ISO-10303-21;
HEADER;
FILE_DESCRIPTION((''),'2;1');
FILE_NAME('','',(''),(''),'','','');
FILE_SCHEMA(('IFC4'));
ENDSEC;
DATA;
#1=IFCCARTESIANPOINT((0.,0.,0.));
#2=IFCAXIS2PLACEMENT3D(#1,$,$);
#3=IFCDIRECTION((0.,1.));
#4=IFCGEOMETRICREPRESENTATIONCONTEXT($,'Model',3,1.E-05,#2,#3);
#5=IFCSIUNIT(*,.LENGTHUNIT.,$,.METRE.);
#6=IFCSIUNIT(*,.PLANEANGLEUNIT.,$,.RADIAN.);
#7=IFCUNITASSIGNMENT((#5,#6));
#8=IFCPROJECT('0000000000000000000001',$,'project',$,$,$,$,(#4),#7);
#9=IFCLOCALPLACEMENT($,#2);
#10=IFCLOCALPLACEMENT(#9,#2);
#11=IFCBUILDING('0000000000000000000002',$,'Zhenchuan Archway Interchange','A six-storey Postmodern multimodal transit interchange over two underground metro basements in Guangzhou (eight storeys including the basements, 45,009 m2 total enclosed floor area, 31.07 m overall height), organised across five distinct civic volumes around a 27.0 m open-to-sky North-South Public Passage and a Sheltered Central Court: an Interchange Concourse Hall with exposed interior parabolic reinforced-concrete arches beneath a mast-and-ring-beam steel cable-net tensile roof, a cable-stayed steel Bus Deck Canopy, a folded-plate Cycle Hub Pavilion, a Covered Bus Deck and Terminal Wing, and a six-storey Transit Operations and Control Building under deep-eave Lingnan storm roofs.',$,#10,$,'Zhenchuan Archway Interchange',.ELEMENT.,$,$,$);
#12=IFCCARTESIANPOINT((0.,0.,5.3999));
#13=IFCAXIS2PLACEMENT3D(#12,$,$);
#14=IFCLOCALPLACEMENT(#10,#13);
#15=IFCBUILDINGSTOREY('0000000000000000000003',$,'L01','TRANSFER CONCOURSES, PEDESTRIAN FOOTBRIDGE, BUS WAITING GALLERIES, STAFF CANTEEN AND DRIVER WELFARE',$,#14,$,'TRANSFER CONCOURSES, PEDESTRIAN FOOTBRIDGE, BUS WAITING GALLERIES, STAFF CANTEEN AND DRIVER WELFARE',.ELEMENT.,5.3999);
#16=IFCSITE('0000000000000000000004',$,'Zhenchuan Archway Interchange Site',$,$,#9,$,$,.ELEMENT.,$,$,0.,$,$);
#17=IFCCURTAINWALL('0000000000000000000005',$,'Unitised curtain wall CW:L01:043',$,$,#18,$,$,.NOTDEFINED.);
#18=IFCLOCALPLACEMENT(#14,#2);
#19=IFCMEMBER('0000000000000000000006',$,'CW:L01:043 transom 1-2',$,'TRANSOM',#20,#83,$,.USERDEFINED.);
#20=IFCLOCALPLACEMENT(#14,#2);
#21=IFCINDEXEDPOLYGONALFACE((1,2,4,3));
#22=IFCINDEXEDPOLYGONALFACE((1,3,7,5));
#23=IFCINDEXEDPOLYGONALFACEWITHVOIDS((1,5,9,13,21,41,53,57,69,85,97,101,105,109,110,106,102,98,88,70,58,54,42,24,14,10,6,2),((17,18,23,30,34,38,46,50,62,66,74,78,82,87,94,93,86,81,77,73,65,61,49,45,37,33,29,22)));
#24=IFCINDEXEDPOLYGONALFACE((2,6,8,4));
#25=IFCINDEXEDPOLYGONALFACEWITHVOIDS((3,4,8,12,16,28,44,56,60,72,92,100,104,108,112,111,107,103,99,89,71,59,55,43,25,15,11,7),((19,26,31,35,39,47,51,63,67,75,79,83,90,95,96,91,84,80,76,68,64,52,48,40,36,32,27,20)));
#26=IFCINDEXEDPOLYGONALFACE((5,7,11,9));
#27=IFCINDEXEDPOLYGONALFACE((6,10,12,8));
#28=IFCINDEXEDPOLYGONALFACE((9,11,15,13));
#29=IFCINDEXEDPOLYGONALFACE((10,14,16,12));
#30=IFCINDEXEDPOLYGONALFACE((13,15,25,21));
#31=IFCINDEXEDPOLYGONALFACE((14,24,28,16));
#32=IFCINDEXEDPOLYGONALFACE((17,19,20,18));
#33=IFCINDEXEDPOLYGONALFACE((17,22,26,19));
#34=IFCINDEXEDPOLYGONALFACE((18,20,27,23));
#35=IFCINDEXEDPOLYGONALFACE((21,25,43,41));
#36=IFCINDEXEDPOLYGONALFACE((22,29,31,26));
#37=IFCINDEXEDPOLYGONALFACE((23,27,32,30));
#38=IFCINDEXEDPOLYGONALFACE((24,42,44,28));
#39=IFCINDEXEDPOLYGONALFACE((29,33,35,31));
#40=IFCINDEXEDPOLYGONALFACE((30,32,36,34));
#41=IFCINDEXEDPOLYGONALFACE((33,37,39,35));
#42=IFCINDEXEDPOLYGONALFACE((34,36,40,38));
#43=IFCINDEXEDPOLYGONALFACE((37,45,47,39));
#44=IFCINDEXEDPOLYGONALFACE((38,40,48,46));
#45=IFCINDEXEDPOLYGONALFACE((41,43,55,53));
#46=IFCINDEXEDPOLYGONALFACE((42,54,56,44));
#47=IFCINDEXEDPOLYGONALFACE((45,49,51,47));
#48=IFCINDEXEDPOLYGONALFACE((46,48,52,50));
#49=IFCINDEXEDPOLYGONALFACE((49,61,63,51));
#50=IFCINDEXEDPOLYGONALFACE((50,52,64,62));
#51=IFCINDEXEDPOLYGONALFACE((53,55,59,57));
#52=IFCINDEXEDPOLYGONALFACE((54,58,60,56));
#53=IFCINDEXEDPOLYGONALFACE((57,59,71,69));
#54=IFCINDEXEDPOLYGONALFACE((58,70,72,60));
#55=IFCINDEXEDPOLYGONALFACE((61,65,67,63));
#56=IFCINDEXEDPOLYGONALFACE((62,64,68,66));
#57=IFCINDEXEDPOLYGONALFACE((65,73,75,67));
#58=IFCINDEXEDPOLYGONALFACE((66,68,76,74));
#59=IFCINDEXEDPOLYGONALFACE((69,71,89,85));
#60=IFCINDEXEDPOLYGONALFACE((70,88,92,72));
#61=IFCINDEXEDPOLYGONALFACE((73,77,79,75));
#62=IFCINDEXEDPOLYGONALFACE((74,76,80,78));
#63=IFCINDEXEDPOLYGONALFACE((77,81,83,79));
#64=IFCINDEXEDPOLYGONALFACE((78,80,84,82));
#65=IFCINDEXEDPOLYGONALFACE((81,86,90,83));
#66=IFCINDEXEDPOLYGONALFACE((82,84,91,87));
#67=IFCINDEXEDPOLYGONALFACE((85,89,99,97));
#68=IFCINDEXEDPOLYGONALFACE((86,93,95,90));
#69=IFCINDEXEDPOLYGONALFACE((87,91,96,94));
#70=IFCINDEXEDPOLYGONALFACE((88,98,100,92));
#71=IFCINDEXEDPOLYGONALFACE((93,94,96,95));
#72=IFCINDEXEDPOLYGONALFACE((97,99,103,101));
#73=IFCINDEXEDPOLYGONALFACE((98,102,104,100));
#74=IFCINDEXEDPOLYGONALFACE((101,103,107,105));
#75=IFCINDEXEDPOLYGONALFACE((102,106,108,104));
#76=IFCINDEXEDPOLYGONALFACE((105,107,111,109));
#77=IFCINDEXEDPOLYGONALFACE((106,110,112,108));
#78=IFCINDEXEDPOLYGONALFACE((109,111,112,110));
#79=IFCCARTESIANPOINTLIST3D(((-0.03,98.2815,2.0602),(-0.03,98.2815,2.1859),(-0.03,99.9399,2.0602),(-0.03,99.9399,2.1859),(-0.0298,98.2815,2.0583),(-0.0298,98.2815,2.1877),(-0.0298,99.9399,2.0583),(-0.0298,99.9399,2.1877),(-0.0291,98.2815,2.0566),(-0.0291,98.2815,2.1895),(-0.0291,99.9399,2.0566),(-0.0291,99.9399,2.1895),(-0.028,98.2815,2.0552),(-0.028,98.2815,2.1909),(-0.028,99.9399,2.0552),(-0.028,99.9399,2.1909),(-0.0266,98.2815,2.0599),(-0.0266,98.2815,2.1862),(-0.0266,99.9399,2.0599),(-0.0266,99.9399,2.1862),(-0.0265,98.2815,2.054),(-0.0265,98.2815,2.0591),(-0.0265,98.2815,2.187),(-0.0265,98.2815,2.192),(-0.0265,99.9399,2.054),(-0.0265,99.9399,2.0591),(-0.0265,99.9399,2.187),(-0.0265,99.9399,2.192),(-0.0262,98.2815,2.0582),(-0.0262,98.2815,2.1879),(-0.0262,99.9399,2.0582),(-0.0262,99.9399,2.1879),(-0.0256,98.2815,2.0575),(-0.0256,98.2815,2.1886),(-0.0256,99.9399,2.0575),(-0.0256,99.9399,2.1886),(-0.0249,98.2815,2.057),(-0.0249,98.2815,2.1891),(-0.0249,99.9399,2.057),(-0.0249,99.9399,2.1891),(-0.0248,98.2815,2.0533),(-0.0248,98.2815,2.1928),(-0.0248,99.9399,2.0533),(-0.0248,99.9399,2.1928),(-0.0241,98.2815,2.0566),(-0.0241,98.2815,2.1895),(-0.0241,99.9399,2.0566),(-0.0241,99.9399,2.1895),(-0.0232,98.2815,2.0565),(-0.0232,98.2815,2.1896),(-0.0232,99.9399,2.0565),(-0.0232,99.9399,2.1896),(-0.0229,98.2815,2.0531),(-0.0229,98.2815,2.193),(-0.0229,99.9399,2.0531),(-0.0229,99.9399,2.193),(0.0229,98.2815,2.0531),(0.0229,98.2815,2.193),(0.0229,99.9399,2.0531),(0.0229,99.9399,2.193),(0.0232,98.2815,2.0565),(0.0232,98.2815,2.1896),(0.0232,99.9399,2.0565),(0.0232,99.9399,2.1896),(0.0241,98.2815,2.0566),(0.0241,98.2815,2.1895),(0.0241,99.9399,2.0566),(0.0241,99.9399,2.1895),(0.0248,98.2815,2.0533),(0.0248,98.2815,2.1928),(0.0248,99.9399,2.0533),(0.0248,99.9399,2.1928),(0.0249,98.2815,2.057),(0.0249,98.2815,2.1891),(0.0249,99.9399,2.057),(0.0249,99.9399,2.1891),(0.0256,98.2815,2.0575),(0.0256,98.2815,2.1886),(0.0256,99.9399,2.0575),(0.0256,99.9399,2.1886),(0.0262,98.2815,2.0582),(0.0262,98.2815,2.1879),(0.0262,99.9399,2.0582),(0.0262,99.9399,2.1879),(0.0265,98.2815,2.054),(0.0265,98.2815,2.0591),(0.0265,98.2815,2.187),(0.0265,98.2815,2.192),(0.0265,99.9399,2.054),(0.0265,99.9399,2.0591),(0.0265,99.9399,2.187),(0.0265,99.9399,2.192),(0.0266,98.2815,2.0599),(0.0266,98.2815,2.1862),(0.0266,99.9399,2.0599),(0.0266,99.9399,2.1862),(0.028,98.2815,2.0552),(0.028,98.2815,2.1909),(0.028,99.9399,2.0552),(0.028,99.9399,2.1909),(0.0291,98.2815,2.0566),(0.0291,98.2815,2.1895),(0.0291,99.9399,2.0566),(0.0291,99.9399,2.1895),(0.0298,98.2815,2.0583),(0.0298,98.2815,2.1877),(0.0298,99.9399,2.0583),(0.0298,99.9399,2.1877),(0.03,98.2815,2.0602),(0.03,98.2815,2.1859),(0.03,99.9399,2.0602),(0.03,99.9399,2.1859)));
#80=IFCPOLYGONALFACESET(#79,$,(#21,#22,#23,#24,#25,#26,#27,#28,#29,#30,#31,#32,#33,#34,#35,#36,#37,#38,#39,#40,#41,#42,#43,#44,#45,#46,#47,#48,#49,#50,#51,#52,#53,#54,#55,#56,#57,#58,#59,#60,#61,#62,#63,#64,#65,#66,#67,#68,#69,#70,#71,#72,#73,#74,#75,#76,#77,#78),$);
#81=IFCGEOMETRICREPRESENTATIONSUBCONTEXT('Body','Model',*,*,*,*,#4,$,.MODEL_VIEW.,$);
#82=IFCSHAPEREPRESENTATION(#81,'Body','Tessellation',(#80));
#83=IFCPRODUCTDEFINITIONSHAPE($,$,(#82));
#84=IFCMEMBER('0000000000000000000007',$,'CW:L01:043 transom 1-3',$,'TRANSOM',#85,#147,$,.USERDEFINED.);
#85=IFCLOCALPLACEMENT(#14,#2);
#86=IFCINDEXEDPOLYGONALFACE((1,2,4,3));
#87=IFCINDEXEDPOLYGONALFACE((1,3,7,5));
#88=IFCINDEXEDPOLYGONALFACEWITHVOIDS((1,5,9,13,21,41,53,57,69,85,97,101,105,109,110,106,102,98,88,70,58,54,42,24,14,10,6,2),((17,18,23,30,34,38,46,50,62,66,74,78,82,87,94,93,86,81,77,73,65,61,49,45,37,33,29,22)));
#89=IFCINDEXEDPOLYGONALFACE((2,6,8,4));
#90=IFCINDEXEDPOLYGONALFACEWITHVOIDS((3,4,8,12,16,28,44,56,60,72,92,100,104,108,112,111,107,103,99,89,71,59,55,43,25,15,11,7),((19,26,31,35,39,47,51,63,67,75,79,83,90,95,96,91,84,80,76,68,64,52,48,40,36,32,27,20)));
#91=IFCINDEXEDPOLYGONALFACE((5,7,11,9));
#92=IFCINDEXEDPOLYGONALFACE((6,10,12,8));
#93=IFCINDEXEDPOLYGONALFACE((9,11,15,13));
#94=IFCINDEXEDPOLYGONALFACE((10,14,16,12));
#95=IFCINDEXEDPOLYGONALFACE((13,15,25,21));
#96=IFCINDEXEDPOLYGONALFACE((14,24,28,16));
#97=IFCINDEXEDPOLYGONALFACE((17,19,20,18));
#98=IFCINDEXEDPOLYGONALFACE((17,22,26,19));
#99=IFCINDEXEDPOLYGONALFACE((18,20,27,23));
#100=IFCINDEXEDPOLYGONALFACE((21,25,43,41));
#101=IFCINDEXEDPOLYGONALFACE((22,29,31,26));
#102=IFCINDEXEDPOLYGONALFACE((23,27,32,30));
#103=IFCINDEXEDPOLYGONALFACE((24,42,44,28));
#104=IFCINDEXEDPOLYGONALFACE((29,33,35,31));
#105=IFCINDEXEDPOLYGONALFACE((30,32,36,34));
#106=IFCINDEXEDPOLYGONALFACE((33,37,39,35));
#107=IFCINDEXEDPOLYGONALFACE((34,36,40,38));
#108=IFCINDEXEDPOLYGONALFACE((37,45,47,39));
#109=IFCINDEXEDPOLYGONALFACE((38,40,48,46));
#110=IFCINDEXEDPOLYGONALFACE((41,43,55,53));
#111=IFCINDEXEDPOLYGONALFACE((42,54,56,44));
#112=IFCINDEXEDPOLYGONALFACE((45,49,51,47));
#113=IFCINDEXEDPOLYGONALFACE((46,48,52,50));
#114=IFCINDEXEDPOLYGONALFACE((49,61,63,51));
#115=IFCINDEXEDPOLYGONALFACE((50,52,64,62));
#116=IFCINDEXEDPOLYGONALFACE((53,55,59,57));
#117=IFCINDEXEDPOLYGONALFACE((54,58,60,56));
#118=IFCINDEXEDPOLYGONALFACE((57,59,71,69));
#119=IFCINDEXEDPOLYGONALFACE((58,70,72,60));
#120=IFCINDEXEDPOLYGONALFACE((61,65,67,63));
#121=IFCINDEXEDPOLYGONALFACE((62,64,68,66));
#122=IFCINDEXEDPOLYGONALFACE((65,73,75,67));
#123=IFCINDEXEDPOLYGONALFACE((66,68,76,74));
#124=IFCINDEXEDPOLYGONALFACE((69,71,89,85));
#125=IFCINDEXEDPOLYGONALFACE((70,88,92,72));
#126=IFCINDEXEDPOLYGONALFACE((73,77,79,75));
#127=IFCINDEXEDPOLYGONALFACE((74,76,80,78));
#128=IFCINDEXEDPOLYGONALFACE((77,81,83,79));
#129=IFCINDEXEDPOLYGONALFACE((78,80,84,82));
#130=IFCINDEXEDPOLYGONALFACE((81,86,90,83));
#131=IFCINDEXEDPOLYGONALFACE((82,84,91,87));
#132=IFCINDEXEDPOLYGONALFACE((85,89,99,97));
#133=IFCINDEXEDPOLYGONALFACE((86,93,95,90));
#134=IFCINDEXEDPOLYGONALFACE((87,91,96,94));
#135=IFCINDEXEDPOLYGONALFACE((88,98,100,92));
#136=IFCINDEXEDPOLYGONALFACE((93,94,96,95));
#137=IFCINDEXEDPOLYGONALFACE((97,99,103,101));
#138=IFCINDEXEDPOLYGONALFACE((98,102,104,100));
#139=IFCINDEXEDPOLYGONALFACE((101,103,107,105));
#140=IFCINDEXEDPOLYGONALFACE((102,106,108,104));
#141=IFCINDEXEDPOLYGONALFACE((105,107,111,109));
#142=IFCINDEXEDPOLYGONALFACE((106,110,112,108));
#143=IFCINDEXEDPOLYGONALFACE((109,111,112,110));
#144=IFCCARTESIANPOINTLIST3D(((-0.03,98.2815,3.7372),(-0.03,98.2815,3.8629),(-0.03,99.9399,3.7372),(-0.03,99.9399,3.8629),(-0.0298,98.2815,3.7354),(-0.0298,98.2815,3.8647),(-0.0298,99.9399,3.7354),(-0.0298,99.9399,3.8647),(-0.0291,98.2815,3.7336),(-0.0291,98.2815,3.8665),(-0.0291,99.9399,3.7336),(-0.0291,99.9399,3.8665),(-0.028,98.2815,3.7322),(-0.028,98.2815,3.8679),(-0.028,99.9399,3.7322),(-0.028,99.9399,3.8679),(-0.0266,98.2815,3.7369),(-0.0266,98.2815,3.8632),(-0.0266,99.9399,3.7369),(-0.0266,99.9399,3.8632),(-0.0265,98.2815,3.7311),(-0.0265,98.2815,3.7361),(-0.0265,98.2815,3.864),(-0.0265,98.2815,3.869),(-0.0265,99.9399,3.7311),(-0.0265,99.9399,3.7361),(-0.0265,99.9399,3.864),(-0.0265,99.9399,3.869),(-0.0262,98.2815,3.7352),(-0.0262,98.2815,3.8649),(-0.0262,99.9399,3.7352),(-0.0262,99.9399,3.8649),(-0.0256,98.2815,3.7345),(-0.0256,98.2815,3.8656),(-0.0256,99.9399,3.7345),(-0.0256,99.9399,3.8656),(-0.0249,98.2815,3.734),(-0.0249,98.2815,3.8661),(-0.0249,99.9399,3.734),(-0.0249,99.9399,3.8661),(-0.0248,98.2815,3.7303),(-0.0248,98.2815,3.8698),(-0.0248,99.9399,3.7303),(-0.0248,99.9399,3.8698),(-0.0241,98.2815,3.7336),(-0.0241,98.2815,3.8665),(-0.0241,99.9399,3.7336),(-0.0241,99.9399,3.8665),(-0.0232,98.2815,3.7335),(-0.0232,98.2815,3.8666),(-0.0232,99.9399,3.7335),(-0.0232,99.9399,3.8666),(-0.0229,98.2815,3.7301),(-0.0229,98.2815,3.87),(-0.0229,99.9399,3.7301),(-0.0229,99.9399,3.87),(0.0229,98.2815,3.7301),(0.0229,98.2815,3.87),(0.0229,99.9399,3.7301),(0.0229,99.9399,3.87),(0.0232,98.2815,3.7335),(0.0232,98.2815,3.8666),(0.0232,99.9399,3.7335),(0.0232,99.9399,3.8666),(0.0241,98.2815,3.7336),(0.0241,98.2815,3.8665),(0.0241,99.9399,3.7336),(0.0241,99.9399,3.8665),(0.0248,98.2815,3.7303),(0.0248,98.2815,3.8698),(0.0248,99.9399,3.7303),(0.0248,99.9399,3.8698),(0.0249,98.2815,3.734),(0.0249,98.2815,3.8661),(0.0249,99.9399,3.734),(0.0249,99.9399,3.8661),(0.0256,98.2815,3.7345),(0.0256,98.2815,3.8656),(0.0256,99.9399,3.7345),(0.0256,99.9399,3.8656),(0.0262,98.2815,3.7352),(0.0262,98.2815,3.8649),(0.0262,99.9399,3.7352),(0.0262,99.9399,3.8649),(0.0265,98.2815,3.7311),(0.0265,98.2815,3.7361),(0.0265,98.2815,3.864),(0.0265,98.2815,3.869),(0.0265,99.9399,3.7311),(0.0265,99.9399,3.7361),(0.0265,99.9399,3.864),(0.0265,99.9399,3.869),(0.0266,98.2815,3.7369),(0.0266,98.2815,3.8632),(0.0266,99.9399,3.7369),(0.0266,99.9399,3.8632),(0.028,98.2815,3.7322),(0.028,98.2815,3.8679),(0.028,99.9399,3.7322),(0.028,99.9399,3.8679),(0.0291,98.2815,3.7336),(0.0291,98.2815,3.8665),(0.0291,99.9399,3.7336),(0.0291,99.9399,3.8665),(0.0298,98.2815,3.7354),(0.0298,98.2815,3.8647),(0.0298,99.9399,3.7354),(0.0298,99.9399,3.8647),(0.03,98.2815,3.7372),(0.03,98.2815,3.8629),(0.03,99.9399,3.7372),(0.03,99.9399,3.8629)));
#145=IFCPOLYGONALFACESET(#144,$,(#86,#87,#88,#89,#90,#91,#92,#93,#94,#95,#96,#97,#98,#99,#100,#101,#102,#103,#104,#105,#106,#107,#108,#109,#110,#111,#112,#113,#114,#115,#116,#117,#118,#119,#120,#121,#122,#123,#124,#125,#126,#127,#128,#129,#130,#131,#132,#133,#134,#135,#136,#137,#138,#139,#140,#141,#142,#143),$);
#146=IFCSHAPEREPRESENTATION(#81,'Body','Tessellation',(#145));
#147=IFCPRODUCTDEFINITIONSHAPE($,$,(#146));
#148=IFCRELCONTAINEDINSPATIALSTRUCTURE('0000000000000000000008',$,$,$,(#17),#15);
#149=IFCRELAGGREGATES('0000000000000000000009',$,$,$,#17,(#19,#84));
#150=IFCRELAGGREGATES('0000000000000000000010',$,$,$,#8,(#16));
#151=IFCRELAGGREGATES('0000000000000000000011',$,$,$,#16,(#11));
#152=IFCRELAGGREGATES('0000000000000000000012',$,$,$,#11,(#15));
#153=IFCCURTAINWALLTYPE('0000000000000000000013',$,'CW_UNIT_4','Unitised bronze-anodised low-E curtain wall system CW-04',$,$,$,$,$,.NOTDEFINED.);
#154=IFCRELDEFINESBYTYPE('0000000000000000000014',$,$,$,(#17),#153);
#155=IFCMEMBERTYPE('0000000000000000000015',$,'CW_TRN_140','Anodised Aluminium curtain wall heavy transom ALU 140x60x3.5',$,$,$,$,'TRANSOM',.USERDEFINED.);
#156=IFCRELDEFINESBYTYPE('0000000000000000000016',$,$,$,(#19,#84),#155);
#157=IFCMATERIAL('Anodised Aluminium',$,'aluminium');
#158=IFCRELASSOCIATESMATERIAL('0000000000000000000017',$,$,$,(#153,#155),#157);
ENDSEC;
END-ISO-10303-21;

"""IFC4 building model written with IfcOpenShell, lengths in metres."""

from ifc_helpers import new_model, si_unit, direction, frame, origin, origin_2d, place, context, subcontext, project, spatial, hollow_rectangle, extrude, material, material_profile, profile_set, type_object, element, aggregate, save


model = new_model("IFC4")

# Units and contexts
model_context = context("Model", 3, precision=1e-05, world=origin(), true_north=direction((0.0, 1.0)))
body_context = subcontext(model_context, "Body", "Model", "MODEL_VIEW")
ifc_project = project(units=[si_unit("LENGTHUNIT", "METRE"), si_unit("PLANEANGLEUNIT", "RADIAN")], contexts=[model_context])

# Site, building, storey
site_placement = place(None, origin())
site = spatial("IfcSite", under=ifc_project, at=site_placement, Name="Zhenchuan Archway Interchange Site", CompositionType="ELEMENT", RefElevation=0.0)
building_placement = place(site_placement, origin())
building = spatial("IfcBuilding", under=site, at=building_placement, Name="Zhenchuan Archway Interchange", Description="A six-storey Postmodern multimodal transit interchange over two underground metro basements in Guangzhou (eight storeys including the basements, 45,009 m2 total enclosed floor area, 31.07 m overall height), organised across five distinct civic volumes around a 27.0 m open-to-sky North-South Public Passage and a Sheltered Central Court: an Interchange Concourse Hall with exposed interior parabolic reinforced-concrete arches beneath a mast-and-ring-beam steel cable-net tensile roof, a cable-stayed steel Bus Deck Canopy, a folded-plate Cycle Hub Pavilion, a Covered Bus Deck and Terminal Wing, and a six-storey Transit Operations and Control Building under deep-eave Lingnan storm roofs.", LongName="Zhenchuan Archway Interchange", CompositionType="ELEMENT")
storey_placement = place(building_placement, frame((0.0, 0.0, 5.3999)))
storey = spatial("IfcBuildingStorey", under=building, at=storey_placement, Name="L01", Description="TRANSFER CONCOURSES, PEDESTRIAN FOOTBRIDGE, BUS WAITING GALLERIES, STAFF CANTEEN AND DRIVER WELFARE", LongName="TRANSFER CONCOURSES, PEDESTRIAN FOOTBRIDGE, BUS WAITING GALLERIES, STAFF CANTEEN AND DRIVER WELFARE", CompositionType="ELEMENT", Elevation=5.3999)

# Curtain wall, members
ifc_material_1 = material(Name="Anodised Aluminium", Category="aluminium")
curtain_wall_type = type_object("IfcCurtainWallType", Name="CW_UNIT_4", Description="Unitised bronze-anodised low-E curtain wall system CW-04", PredefinedType="NOTDEFINED", material=ifc_material_1)
curtain_wall_placement = place(storey_placement, origin())
curtain_wall = element("IfcCurtainWall", 1, at=curtain_wall_placement, inside=storey, type_object=curtain_wall_type, Name="Unitised curtain wall CW:L01:043", PredefinedType="NOTDEFINED")
ifc_material_profile_1 = material_profile(ifc_material_1, hollow_rectangle(XDim=0.0601, YDim=0.1399, WallThickness=0.0034, InnerFilletRadius=0.0034, OuterFilletRadius=0.0071, at=origin_2d()), Name="ALU 140x60x3.5")
ifc_profile_set_1 = profile_set([ifc_material_profile_1], Name="Anodised Aluminium")
member_type_1 = type_object("IfcMemberType", Name="CW_TRN_140", Description="Anodised Aluminium curtain wall heavy transom ALU 140x60x3.5", ElementType="TRANSOM", PredefinedType="USERDEFINED", material=ifc_profile_set_1)
member_1_placement = place(storey_placement, frame((0.0, 98.2815, 2.123), z_axis=(0.0, 1.0, 0.0), x_axis=(-1.0, 0.0, 0.0)))
member_1 = element("IfcMember", 2, at=member_1_placement, type_object=member_type_1, Name="CW:L01:043 transom 1-2", ObjectType="TRANSOM", PredefinedType="USERDEFINED", context=body_context, shape_type="SweptSolid", body=[
    extrude(hollow_rectangle(XDim=0.0601, YDim=0.1399, WallThickness=0.0034, InnerFilletRadius=0.0034, OuterFilletRadius=0.0071, at=origin_2d()), origin(), (0.0, 0.0, 1.0), 1.6584),
])
member_2_placement = place(storey_placement, frame((0.0, 98.2815, 3.8), z_axis=(0.0, 1.0, 0.0), x_axis=(-1.0, 0.0, 0.0)))
member_2 = element("IfcMember", 3, at=member_2_placement, type_object=member_type_1, Name="CW:L01:043 transom 1-3", ObjectType="TRANSOM", PredefinedType="USERDEFINED", context=body_context, shape_type="SweptSolid", body=[
    extrude(hollow_rectangle(XDim=0.0601, YDim=0.1399, WallThickness=0.0034, InnerFilletRadius=0.0034, OuterFilletRadius=0.0071, at=origin_2d()), origin(), (0.0, 0.0, 1.0), 1.6584),
])

aggregate(curtain_wall, [member_1, member_2])

save(model, "model.ifc")
